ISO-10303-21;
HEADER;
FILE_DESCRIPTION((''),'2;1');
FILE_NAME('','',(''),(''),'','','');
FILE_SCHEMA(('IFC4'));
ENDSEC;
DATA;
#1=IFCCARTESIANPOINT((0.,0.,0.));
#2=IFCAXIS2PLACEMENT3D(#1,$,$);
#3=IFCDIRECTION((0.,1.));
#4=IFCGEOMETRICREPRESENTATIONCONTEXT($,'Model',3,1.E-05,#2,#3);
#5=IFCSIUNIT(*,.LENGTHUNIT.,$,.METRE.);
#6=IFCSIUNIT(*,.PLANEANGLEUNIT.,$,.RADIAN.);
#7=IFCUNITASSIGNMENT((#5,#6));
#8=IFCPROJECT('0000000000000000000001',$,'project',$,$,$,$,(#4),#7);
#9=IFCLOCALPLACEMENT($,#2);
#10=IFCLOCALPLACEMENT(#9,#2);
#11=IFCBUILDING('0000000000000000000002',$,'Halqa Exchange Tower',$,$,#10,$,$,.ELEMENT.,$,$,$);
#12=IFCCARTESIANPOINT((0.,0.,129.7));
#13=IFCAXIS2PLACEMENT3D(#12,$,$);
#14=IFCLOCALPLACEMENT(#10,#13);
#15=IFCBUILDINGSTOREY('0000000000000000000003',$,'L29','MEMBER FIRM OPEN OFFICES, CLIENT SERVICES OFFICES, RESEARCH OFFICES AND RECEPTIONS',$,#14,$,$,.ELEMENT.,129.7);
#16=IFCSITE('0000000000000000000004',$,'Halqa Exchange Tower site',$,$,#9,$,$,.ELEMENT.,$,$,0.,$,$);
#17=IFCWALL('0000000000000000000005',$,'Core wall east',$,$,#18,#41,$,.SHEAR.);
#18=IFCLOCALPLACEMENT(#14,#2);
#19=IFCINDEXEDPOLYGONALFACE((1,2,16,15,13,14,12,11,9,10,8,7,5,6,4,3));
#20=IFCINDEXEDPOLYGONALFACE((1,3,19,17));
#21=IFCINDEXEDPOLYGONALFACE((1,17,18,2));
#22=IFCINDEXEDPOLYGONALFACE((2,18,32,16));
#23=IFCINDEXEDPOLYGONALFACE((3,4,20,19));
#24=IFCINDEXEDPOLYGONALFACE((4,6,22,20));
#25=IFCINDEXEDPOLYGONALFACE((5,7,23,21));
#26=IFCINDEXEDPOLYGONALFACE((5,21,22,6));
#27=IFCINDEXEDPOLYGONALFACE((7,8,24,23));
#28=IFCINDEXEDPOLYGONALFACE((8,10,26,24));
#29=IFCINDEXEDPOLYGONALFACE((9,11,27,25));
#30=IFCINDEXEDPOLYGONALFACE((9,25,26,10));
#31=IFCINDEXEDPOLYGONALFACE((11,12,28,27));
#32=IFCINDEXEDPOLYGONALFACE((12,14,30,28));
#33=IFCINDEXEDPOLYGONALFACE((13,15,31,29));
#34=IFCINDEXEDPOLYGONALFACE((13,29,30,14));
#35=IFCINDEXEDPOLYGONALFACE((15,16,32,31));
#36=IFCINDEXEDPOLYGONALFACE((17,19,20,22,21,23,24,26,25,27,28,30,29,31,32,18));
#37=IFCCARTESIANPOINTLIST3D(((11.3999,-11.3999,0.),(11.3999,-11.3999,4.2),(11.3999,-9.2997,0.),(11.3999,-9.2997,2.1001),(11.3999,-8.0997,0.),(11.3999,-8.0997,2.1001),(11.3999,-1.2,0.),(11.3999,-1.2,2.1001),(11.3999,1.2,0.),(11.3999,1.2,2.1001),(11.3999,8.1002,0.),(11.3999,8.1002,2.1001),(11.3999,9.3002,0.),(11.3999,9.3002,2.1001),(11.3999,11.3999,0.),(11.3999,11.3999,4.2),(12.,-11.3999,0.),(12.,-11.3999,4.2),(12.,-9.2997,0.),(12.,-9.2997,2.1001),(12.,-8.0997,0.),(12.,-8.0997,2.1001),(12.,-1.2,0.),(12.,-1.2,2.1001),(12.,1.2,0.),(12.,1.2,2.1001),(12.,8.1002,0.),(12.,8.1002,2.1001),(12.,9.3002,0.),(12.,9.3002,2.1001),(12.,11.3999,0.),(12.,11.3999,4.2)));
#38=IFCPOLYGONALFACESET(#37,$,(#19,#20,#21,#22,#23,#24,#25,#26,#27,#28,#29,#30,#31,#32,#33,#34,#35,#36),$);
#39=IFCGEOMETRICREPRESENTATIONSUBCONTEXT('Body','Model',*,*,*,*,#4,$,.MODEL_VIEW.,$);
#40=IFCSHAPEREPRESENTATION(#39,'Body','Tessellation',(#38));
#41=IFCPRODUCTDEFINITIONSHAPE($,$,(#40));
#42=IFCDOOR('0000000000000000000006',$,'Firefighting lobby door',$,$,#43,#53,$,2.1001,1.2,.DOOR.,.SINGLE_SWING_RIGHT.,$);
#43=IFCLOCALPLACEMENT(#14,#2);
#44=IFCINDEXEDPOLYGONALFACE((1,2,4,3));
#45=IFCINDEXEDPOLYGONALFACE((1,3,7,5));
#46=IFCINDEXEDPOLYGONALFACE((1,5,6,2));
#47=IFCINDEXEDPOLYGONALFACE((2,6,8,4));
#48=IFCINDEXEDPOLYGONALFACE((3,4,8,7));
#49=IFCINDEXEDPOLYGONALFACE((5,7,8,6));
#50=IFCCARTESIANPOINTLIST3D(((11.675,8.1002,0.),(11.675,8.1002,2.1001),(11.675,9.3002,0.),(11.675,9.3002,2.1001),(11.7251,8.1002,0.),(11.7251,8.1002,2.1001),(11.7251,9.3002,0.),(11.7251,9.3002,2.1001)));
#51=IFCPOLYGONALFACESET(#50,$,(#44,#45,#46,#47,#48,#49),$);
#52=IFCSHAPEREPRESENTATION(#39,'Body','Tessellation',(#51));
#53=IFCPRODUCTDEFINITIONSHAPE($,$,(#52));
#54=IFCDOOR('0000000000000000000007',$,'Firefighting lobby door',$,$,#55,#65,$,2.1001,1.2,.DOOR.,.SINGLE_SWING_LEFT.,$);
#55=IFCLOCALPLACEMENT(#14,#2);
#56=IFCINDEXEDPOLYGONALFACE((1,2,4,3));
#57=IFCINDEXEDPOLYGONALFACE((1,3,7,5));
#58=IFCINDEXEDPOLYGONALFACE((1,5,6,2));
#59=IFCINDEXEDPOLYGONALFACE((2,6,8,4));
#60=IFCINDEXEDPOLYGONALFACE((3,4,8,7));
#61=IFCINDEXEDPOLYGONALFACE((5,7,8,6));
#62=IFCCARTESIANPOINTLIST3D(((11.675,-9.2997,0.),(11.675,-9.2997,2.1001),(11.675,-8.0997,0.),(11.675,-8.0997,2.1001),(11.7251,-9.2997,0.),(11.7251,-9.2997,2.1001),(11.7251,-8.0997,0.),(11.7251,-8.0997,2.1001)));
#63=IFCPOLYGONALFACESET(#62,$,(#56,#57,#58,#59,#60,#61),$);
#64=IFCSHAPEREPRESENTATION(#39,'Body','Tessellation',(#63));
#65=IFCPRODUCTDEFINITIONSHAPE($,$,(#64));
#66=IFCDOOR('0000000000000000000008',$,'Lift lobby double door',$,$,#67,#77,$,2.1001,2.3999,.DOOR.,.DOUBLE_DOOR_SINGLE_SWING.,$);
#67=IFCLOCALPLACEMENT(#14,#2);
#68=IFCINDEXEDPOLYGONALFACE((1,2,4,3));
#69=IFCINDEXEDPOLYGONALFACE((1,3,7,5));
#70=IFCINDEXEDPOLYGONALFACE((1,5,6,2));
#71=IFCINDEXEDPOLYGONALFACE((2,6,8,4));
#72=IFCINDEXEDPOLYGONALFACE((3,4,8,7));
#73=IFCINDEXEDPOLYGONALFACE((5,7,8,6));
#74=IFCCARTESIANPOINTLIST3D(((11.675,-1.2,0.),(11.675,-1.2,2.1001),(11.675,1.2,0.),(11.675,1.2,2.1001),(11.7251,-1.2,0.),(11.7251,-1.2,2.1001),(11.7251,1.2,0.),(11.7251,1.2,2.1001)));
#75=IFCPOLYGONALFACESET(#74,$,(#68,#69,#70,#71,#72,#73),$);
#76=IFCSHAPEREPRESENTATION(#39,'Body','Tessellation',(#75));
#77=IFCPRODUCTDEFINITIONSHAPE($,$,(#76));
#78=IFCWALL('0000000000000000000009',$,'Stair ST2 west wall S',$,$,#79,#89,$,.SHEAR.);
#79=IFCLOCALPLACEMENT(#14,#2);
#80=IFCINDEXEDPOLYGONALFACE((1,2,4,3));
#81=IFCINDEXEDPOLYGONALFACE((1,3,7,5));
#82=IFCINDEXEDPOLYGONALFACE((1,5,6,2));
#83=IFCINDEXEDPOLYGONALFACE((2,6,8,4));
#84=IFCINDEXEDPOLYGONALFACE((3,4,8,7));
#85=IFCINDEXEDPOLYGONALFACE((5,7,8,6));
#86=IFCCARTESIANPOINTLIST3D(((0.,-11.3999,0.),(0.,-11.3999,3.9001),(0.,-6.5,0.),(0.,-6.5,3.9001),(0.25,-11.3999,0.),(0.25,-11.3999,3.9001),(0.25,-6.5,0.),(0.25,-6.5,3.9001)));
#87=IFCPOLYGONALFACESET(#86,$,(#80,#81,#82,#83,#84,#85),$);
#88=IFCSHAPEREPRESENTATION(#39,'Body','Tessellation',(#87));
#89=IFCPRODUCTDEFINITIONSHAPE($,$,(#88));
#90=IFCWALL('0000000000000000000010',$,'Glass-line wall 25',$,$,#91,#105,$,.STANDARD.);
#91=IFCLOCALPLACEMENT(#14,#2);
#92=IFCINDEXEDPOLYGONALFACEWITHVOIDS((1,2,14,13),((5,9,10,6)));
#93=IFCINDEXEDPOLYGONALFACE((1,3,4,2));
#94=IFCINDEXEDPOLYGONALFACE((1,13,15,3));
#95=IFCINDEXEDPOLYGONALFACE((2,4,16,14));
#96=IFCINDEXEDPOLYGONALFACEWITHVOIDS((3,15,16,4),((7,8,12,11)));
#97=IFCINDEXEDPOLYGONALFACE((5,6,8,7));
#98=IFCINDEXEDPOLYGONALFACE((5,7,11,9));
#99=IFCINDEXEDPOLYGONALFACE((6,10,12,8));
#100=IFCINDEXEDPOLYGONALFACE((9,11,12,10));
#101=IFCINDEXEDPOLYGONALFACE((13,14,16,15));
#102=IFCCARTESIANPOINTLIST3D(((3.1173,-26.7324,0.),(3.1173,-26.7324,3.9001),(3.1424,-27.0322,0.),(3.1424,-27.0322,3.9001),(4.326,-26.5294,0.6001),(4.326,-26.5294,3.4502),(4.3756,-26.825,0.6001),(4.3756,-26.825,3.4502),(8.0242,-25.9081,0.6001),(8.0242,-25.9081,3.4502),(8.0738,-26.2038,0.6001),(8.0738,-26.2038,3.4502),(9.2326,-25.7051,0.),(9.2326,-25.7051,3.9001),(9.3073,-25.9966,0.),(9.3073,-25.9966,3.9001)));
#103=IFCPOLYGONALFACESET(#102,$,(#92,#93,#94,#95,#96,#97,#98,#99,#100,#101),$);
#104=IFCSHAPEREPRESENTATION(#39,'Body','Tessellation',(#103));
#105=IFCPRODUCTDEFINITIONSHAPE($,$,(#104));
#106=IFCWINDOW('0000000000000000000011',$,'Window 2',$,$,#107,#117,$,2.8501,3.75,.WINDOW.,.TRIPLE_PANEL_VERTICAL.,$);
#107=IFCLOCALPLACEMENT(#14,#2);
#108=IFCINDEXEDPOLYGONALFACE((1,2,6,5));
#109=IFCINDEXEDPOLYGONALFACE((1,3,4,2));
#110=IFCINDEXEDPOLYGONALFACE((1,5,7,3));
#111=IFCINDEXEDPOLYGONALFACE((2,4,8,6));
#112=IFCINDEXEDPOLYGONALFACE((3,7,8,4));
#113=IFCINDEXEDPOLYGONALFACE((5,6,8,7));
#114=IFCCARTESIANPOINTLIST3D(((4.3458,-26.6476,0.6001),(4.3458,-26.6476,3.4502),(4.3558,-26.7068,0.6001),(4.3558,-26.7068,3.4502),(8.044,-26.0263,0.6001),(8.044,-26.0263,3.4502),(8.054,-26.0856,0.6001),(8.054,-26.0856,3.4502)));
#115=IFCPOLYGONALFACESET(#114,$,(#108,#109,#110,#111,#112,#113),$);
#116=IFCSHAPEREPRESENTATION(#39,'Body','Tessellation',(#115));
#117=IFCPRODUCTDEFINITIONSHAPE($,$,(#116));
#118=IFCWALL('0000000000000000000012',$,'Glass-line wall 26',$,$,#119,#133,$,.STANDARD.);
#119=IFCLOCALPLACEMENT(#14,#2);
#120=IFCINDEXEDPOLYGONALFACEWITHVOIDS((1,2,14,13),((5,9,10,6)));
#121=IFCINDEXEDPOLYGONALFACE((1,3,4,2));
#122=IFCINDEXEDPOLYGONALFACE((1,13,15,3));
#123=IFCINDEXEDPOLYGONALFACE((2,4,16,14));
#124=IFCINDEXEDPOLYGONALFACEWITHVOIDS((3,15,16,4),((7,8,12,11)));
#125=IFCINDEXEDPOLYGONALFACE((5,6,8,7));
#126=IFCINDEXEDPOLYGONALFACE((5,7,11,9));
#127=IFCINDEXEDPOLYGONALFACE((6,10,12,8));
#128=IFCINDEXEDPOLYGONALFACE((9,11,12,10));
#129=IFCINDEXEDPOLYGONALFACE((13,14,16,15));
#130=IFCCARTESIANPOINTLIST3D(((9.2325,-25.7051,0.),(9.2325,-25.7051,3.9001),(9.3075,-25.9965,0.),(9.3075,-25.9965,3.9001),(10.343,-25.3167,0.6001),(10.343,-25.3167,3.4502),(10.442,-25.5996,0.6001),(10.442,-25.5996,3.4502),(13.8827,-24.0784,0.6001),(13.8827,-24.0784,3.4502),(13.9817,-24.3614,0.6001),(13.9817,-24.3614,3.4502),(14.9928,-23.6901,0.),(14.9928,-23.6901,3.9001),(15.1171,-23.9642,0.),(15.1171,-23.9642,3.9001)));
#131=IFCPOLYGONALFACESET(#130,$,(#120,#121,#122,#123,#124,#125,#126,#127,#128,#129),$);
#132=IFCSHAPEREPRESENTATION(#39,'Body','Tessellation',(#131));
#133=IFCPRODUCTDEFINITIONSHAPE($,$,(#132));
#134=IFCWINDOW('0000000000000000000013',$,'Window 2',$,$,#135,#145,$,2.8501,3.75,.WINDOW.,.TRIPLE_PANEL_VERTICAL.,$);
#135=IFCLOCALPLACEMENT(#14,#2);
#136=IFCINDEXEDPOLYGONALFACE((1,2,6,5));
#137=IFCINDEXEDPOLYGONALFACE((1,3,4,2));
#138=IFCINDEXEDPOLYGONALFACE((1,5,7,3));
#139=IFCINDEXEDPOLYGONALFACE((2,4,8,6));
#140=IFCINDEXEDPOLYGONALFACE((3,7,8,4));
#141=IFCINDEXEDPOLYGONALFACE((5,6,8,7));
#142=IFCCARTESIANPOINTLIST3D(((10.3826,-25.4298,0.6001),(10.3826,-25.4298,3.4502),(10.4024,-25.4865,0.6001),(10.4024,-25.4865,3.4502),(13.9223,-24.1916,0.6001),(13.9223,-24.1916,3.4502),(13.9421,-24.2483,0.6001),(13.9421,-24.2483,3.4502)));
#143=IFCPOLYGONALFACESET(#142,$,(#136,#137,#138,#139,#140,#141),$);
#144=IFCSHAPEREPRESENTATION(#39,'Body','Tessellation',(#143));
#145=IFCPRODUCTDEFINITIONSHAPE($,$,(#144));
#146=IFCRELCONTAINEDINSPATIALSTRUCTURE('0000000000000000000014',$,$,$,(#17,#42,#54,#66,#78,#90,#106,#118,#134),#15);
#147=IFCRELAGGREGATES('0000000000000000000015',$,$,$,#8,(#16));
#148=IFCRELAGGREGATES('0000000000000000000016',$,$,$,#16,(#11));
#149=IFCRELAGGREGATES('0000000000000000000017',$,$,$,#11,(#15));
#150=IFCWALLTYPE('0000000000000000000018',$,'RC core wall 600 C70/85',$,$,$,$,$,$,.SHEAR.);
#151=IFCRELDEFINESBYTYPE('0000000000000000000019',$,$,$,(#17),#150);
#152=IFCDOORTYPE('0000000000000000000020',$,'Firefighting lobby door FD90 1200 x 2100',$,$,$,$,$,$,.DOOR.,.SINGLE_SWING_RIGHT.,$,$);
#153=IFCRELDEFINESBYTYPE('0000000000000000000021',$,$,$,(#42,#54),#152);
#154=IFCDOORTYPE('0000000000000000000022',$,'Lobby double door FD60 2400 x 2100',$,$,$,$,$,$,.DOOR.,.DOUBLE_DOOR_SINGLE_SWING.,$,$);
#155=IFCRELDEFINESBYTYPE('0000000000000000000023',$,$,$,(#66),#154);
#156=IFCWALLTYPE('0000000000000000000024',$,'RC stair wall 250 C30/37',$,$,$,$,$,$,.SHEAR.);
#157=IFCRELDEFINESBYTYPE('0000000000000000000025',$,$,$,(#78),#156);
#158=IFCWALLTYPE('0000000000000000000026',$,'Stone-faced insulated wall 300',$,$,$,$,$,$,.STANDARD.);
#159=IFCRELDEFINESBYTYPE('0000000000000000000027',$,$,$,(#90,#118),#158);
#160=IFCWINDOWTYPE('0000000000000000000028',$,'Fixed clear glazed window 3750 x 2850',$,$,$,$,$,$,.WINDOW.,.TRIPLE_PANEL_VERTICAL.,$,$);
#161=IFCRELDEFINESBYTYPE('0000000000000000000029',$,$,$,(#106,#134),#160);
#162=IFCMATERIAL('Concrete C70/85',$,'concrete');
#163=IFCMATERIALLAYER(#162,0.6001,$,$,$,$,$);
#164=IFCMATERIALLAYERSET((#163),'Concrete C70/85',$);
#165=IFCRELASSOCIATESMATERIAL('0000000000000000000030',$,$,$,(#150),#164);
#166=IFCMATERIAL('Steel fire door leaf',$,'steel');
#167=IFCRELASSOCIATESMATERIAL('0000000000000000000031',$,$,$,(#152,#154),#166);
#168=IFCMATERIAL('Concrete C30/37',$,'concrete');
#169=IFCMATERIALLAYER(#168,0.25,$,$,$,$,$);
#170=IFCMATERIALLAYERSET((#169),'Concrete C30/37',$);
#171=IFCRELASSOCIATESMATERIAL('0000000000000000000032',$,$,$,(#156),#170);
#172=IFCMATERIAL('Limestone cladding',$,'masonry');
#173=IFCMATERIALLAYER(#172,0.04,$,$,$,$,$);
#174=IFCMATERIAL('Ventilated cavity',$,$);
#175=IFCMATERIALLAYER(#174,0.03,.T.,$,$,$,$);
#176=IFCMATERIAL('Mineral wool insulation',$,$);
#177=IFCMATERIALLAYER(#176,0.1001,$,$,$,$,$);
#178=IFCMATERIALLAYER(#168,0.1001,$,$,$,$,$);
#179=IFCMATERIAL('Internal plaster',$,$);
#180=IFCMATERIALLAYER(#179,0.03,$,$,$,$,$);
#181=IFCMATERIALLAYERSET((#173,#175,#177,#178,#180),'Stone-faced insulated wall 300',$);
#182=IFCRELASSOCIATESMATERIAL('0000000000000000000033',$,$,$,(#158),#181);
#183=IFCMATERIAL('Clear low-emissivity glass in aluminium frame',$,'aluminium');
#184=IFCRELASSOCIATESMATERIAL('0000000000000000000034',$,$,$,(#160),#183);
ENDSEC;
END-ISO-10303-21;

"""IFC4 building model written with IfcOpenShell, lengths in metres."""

from ifc_helpers import new_model, si_unit, direction, frame, frame_2d, origin, place, context, subcontext, project, spatial, polyline, rectangle, outline, extrude, material, layer, layer_set, type_object, element, fill, save


model = new_model("IFC4")

# Units and contexts
model_context = context("Model", 3, precision=1e-05, world=origin(), true_north=direction((0.0, 1.0)))
body_context = subcontext(model_context, "Body", "Model", "MODEL_VIEW")
ifc_project = project(units=[si_unit("LENGTHUNIT", "METRE"), si_unit("PLANEANGLEUNIT", "RADIAN")], contexts=[model_context])

# Site, building, storey
site_placement = place(None, origin())
site = spatial("IfcSite", under=ifc_project, at=site_placement, Name="Halqa Exchange Tower site", CompositionType="ELEMENT", RefElevation=0.0)
building_placement = place(site_placement, origin())
building = spatial("IfcBuilding", under=site, at=building_placement, Name="Halqa Exchange Tower", CompositionType="ELEMENT")
storey_placement = place(building_placement, frame((0.0, 0.0, 129.7)))
storey = spatial("IfcBuildingStorey", under=building, at=storey_placement, Name="L29", Description="MEMBER FIRM OPEN OFFICES, CLIENT SERVICES OFFICES, RESEARCH OFFICES AND RECEPTIONS", CompositionType="ELEMENT", Elevation=129.7)

# Shared definitions
ifc_material_1 = material(Name="Concrete C70/85", Category="concrete")

# Wall, openings, doors
ifc_layer_1 = layer(ifc_material_1, 0.6001)
ifc_layer_set_1 = layer_set([ifc_layer_1], Name="Concrete C70/85")
wall_type_1 = type_object("IfcWallType", Name="RC core wall 600 C70/85", PredefinedType="SHEAR", material=ifc_layer_set_1)
wall_1_placement = place(storey_placement, frame((11.7, -11.3999, 0.0), z_axis=(0.0, 0.0, 1.0), x_axis=(0.0, 1.0, 0.0)))
wall_1 = element("IfcWall", 1, at=wall_1_placement, inside=storey, type_object=wall_type_1, Name="Core wall east", PredefinedType="SHEAR", context=body_context, shape_type="SweptSolid", body=[
    extrude(rectangle(XDim=22.7998, YDim=0.6001, at=frame_2d((11.3999, 0.0))), origin(), (0.0, 0.0, 1.0), 4.2),
])
opening_1_placement = place(wall_1_placement, frame((10.2, 0.0, 0.0)))
opening_1 = element("IfcOpeningElement", 2, at=opening_1_placement, cuts=wall_1, PredefinedType="OPENING", context=body_context, shape_type="SweptSolid", body=[
    extrude(rectangle(XDim=2.3999, YDim=2.1001, at=frame_2d((1.2, 1.05))), frame((0.0, 0.312, 0.0), z_axis=(0.0, -1.0, 0.0), x_axis=(1.0, 0.0, 0.0)), (0.0, 0.0, 1.0), 0.624),
])
opening_2_placement = place(wall_1_placement, frame((19.5, 0.0, 0.0)))
opening_2 = element("IfcOpeningElement", 3, at=opening_2_placement, cuts=wall_1, PredefinedType="OPENING", context=body_context, shape_type="SweptSolid", body=[
    extrude(rectangle(XDim=1.2, YDim=2.1001, at=frame_2d((0.6001, 1.05))), frame((0.0, 0.312, 0.0), z_axis=(0.0, -1.0, 0.0), x_axis=(1.0, 0.0, 0.0)), (0.0, 0.0, 1.0), 0.624),
])
opening_3_placement = place(wall_1_placement, frame((2.1001, 0.0, 0.0)))
opening_3 = element("IfcOpeningElement", 4, at=opening_3_placement, cuts=wall_1, PredefinedType="OPENING", context=body_context, shape_type="SweptSolid", body=[
    extrude(rectangle(XDim=1.2, YDim=2.1001, at=frame_2d((0.6001, 1.05))), frame((0.0, 0.312, 0.0), z_axis=(0.0, -1.0, 0.0), x_axis=(1.0, 0.0, 0.0)), (0.0, 0.0, 1.0), 0.624),
])
ifc_material_2 = material(Name="Steel fire door leaf", Category="steel")
door_type_1 = type_object("IfcDoorType", Name="Firefighting lobby door FD90 1200 x 2100", OperationType="SINGLE_SWING_RIGHT", PredefinedType="DOOR", material=ifc_material_2)
door_1_placement = place(opening_2_placement, origin())
door_1 = element("IfcDoor", 5, at=door_1_placement, inside=storey, type_object=door_type_1, Name="Firefighting lobby door", OperationType="SINGLE_SWING_RIGHT", OverallHeight=2.1001, OverallWidth=1.2, PredefinedType="DOOR", context=body_context, shape_type="SweptSolid", body=[
    extrude(rectangle(XDim=1.2, YDim=2.1001, at=frame_2d((0.6001, 1.05))), frame((0.0, 0.0249, 0.0), z_axis=(0.0, -1.0, 0.0), x_axis=(1.0, 0.0, 0.0)), (0.0, 0.0, 1.0), 0.05),
])
fill(opening_2, door_1)
door_2_placement = place(opening_3_placement, origin())
door_2 = element("IfcDoor", 6, at=door_2_placement, inside=storey, type_object=door_type_1, Name="Firefighting lobby door", OperationType="SINGLE_SWING_LEFT", OverallHeight=2.1001, OverallWidth=1.2, PredefinedType="DOOR", context=body_context, shape_type="SweptSolid", body=[
    extrude(rectangle(XDim=1.2, YDim=2.1001, at=frame_2d((0.6001, 1.05))), frame((0.0, 0.0249, 0.0), z_axis=(0.0, -1.0, 0.0), x_axis=(1.0, 0.0, 0.0)), (0.0, 0.0, 1.0), 0.05),
])
fill(opening_3, door_2)
door_type_2 = type_object("IfcDoorType", Name="Lobby double door FD60 2400 x 2100", OperationType="DOUBLE_DOOR_SINGLE_SWING", PredefinedType="DOOR", material=ifc_material_2)
door_3_placement = place(opening_1_placement, origin())
door_3 = element("IfcDoor", 7, at=door_3_placement, inside=storey, type_object=door_type_2, Name="Lift lobby double door", OperationType="DOUBLE_DOOR_SINGLE_SWING", OverallHeight=2.1001, OverallWidth=2.3999, PredefinedType="DOOR", context=body_context, shape_type="SweptSolid", body=[
    extrude(rectangle(XDim=2.3999, YDim=2.1001, at=frame_2d((1.2, 1.05))), frame((0.0, 0.0249, 0.0), z_axis=(0.0, -1.0, 0.0), x_axis=(1.0, 0.0, 0.0)), (0.0, 0.0, 1.0), 0.05),
])
fill(opening_1, door_3)

# Wall
ifc_material_3 = material(Name="Concrete C30/37", Category="concrete")
ifc_layer_2 = layer(ifc_material_3, 0.25)
ifc_layer_set_2 = layer_set([ifc_layer_2], Name="Concrete C30/37")
wall_type_2 = type_object("IfcWallType", Name="RC stair wall 250 C30/37", PredefinedType="SHEAR", material=ifc_layer_set_2)
wall_2_placement = place(storey_placement, frame((0.125, -11.3999, 0.0), z_axis=(0.0, 0.0, 1.0), x_axis=(0.0, 1.0, 0.0)))
element("IfcWall", 8, at=wall_2_placement, inside=storey, type_object=wall_type_2, Name="Stair ST2 west wall S", PredefinedType="SHEAR", context=body_context, shape_type="SweptSolid", body=[
    extrude(rectangle(XDim=4.8999, YDim=0.25, at=frame_2d((2.45, 0.0))), origin(), (0.0, 0.0, 1.0), 3.9001),
])

# Walls, openings, windows
ifc_material_4 = material(Name="Limestone cladding", Category="masonry")
ifc_layer_3 = layer(ifc_material_4, 0.04)
ifc_material_5 = material(Name="Ventilated cavity")
ifc_layer_4 = layer(ifc_material_5, 0.03, ventilated=True)
ifc_material_6 = material(Name="Mineral wool insulation")
ifc_layer_5 = layer(ifc_material_6, 0.1001)
ifc_layer_6 = layer(ifc_material_3, 0.1001)
ifc_material_7 = material(Name="Internal plaster")
ifc_layer_7 = layer(ifc_material_7, 0.03)
ifc_layer_set_3 = layer_set([ifc_layer_3, ifc_layer_4, ifc_layer_5, ifc_layer_6, ifc_layer_7], Name="Stone-faced insulated wall 300")
wall_type_3 = type_object("IfcWallType", Name="Stone-faced insulated wall 300", PredefinedType="STANDARD", material=ifc_layer_set_3)
wall_3_placement = place(storey_placement, frame((3.1299, -26.8823, 0.0), z_axis=(0.0, 0.0, 1.0), x_axis=(0.986181, 0.165671, 0.0)))
wall_3 = element("IfcWall", 9, at=wall_3_placement, inside=storey, type_object=wall_type_3, Name="Glass-line wall 25", PredefinedType="STANDARD", context=body_context, shape_type="SweptSolid", body=[
    extrude(outline(polyline([(-0.0125, -0.1499), (6.2388, -0.1499), (6.2134, 0.1499), (0.0125, 0.1499), (-0.0125, -0.1499)])), origin(), (0.0, 0.0, 1.0), 3.9001),
])
opening_4_placement = place(wall_3_placement, frame((1.238, 0.0, 0.6001)))
opening_4 = element("IfcOpeningElement", 10, at=opening_4_placement, cuts=wall_3, PredefinedType="OPENING", context=body_context, shape_type="SweptSolid", body=[
    extrude(rectangle(XDim=3.75, YDim=2.8501, at=frame_2d((1.875, 1.425))), frame((0.0, 0.1621, 0.0), z_axis=(0.0, -1.0, 0.0), x_axis=(1.0, 0.0, 0.0)), (0.0, 0.0, 1.0), 0.324),
])
ifc_material_8 = material(Name="Clear low-emissivity glass in aluminium frame", Category="aluminium")
window_type = type_object("IfcWindowType", Name="Fixed clear glazed window 3750 x 2850", PartitioningType="TRIPLE_PANEL_VERTICAL", PredefinedType="WINDOW", material=ifc_material_8)
window_1_placement = place(opening_4_placement, origin())
window_1 = element("IfcWindow", 11, at=window_1_placement, inside=storey, type_object=window_type, Name="Window 2", OverallHeight=2.8501, OverallWidth=3.75, PartitioningType="TRIPLE_PANEL_VERTICAL", PredefinedType="WINDOW", context=body_context, shape_type="SweptSolid", body=[
    extrude(rectangle(XDim=3.75, YDim=2.8501, at=frame_2d((1.875, 1.425))), frame((0.0, 0.03, 0.0), z_axis=(0.0, -1.0, 0.0), x_axis=(1.0, 0.0, 0.0)), (0.0, 0.0, 1.0), 0.0601),
])
fill(opening_4, window_1)
wall_4_placement = place(storey_placement, frame((9.27, -25.8508, 0.0), z_axis=(0.0, 0.0, 1.0), x_axis=(0.943911, 0.3302, 0.0)))
wall_4 = element("IfcWall", 12, at=wall_4_placement, inside=storey, type_object=wall_type_3, Name="Glass-line wall 26", PredefinedType="STANDARD", context=body_context, shape_type="SweptSolid", body=[
    extrude(outline(polyline([(-0.0127, -0.1499), (6.1421, -0.1499), (6.1152, 0.1499), (0.0127, 0.1499), (-0.0127, -0.1499)])), origin(), (0.0, 0.0, 1.0), 3.9001),
])
opening_5_placement = place(wall_4_placement, frame((1.1892, 0.0, 0.6001)))
opening_5 = element("IfcOpeningElement", 13, at=opening_5_placement, cuts=wall_4, PredefinedType="OPENING", context=body_context, shape_type="SweptSolid", body=[
    extrude(rectangle(XDim=3.75, YDim=2.8501, at=frame_2d((1.875, 1.425))), frame((0.0, 0.1621, 0.0), z_axis=(0.0, -1.0, 0.0), x_axis=(1.0, 0.0, 0.0)), (0.0, 0.0, 1.0), 0.324),
])
window_2_placement = place(opening_5_placement, origin())
window_2 = element("IfcWindow", 14, at=window_2_placement, inside=storey, type_object=window_type, Name="Window 2", OverallHeight=2.8501, OverallWidth=3.75, PartitioningType="TRIPLE_PANEL_VERTICAL", PredefinedType="WINDOW", context=body_context, shape_type="SweptSolid", body=[
    extrude(rectangle(XDim=3.75, YDim=2.8501, at=frame_2d((1.875, 1.425))), frame((0.0, 0.03, 0.0), z_axis=(0.0, -1.0, 0.0), x_axis=(1.0, 0.0, 0.0)), (0.0, 0.0, 1.0), 0.0601),
])
fill(opening_5, window_2)

save(model, "model.ifc")
